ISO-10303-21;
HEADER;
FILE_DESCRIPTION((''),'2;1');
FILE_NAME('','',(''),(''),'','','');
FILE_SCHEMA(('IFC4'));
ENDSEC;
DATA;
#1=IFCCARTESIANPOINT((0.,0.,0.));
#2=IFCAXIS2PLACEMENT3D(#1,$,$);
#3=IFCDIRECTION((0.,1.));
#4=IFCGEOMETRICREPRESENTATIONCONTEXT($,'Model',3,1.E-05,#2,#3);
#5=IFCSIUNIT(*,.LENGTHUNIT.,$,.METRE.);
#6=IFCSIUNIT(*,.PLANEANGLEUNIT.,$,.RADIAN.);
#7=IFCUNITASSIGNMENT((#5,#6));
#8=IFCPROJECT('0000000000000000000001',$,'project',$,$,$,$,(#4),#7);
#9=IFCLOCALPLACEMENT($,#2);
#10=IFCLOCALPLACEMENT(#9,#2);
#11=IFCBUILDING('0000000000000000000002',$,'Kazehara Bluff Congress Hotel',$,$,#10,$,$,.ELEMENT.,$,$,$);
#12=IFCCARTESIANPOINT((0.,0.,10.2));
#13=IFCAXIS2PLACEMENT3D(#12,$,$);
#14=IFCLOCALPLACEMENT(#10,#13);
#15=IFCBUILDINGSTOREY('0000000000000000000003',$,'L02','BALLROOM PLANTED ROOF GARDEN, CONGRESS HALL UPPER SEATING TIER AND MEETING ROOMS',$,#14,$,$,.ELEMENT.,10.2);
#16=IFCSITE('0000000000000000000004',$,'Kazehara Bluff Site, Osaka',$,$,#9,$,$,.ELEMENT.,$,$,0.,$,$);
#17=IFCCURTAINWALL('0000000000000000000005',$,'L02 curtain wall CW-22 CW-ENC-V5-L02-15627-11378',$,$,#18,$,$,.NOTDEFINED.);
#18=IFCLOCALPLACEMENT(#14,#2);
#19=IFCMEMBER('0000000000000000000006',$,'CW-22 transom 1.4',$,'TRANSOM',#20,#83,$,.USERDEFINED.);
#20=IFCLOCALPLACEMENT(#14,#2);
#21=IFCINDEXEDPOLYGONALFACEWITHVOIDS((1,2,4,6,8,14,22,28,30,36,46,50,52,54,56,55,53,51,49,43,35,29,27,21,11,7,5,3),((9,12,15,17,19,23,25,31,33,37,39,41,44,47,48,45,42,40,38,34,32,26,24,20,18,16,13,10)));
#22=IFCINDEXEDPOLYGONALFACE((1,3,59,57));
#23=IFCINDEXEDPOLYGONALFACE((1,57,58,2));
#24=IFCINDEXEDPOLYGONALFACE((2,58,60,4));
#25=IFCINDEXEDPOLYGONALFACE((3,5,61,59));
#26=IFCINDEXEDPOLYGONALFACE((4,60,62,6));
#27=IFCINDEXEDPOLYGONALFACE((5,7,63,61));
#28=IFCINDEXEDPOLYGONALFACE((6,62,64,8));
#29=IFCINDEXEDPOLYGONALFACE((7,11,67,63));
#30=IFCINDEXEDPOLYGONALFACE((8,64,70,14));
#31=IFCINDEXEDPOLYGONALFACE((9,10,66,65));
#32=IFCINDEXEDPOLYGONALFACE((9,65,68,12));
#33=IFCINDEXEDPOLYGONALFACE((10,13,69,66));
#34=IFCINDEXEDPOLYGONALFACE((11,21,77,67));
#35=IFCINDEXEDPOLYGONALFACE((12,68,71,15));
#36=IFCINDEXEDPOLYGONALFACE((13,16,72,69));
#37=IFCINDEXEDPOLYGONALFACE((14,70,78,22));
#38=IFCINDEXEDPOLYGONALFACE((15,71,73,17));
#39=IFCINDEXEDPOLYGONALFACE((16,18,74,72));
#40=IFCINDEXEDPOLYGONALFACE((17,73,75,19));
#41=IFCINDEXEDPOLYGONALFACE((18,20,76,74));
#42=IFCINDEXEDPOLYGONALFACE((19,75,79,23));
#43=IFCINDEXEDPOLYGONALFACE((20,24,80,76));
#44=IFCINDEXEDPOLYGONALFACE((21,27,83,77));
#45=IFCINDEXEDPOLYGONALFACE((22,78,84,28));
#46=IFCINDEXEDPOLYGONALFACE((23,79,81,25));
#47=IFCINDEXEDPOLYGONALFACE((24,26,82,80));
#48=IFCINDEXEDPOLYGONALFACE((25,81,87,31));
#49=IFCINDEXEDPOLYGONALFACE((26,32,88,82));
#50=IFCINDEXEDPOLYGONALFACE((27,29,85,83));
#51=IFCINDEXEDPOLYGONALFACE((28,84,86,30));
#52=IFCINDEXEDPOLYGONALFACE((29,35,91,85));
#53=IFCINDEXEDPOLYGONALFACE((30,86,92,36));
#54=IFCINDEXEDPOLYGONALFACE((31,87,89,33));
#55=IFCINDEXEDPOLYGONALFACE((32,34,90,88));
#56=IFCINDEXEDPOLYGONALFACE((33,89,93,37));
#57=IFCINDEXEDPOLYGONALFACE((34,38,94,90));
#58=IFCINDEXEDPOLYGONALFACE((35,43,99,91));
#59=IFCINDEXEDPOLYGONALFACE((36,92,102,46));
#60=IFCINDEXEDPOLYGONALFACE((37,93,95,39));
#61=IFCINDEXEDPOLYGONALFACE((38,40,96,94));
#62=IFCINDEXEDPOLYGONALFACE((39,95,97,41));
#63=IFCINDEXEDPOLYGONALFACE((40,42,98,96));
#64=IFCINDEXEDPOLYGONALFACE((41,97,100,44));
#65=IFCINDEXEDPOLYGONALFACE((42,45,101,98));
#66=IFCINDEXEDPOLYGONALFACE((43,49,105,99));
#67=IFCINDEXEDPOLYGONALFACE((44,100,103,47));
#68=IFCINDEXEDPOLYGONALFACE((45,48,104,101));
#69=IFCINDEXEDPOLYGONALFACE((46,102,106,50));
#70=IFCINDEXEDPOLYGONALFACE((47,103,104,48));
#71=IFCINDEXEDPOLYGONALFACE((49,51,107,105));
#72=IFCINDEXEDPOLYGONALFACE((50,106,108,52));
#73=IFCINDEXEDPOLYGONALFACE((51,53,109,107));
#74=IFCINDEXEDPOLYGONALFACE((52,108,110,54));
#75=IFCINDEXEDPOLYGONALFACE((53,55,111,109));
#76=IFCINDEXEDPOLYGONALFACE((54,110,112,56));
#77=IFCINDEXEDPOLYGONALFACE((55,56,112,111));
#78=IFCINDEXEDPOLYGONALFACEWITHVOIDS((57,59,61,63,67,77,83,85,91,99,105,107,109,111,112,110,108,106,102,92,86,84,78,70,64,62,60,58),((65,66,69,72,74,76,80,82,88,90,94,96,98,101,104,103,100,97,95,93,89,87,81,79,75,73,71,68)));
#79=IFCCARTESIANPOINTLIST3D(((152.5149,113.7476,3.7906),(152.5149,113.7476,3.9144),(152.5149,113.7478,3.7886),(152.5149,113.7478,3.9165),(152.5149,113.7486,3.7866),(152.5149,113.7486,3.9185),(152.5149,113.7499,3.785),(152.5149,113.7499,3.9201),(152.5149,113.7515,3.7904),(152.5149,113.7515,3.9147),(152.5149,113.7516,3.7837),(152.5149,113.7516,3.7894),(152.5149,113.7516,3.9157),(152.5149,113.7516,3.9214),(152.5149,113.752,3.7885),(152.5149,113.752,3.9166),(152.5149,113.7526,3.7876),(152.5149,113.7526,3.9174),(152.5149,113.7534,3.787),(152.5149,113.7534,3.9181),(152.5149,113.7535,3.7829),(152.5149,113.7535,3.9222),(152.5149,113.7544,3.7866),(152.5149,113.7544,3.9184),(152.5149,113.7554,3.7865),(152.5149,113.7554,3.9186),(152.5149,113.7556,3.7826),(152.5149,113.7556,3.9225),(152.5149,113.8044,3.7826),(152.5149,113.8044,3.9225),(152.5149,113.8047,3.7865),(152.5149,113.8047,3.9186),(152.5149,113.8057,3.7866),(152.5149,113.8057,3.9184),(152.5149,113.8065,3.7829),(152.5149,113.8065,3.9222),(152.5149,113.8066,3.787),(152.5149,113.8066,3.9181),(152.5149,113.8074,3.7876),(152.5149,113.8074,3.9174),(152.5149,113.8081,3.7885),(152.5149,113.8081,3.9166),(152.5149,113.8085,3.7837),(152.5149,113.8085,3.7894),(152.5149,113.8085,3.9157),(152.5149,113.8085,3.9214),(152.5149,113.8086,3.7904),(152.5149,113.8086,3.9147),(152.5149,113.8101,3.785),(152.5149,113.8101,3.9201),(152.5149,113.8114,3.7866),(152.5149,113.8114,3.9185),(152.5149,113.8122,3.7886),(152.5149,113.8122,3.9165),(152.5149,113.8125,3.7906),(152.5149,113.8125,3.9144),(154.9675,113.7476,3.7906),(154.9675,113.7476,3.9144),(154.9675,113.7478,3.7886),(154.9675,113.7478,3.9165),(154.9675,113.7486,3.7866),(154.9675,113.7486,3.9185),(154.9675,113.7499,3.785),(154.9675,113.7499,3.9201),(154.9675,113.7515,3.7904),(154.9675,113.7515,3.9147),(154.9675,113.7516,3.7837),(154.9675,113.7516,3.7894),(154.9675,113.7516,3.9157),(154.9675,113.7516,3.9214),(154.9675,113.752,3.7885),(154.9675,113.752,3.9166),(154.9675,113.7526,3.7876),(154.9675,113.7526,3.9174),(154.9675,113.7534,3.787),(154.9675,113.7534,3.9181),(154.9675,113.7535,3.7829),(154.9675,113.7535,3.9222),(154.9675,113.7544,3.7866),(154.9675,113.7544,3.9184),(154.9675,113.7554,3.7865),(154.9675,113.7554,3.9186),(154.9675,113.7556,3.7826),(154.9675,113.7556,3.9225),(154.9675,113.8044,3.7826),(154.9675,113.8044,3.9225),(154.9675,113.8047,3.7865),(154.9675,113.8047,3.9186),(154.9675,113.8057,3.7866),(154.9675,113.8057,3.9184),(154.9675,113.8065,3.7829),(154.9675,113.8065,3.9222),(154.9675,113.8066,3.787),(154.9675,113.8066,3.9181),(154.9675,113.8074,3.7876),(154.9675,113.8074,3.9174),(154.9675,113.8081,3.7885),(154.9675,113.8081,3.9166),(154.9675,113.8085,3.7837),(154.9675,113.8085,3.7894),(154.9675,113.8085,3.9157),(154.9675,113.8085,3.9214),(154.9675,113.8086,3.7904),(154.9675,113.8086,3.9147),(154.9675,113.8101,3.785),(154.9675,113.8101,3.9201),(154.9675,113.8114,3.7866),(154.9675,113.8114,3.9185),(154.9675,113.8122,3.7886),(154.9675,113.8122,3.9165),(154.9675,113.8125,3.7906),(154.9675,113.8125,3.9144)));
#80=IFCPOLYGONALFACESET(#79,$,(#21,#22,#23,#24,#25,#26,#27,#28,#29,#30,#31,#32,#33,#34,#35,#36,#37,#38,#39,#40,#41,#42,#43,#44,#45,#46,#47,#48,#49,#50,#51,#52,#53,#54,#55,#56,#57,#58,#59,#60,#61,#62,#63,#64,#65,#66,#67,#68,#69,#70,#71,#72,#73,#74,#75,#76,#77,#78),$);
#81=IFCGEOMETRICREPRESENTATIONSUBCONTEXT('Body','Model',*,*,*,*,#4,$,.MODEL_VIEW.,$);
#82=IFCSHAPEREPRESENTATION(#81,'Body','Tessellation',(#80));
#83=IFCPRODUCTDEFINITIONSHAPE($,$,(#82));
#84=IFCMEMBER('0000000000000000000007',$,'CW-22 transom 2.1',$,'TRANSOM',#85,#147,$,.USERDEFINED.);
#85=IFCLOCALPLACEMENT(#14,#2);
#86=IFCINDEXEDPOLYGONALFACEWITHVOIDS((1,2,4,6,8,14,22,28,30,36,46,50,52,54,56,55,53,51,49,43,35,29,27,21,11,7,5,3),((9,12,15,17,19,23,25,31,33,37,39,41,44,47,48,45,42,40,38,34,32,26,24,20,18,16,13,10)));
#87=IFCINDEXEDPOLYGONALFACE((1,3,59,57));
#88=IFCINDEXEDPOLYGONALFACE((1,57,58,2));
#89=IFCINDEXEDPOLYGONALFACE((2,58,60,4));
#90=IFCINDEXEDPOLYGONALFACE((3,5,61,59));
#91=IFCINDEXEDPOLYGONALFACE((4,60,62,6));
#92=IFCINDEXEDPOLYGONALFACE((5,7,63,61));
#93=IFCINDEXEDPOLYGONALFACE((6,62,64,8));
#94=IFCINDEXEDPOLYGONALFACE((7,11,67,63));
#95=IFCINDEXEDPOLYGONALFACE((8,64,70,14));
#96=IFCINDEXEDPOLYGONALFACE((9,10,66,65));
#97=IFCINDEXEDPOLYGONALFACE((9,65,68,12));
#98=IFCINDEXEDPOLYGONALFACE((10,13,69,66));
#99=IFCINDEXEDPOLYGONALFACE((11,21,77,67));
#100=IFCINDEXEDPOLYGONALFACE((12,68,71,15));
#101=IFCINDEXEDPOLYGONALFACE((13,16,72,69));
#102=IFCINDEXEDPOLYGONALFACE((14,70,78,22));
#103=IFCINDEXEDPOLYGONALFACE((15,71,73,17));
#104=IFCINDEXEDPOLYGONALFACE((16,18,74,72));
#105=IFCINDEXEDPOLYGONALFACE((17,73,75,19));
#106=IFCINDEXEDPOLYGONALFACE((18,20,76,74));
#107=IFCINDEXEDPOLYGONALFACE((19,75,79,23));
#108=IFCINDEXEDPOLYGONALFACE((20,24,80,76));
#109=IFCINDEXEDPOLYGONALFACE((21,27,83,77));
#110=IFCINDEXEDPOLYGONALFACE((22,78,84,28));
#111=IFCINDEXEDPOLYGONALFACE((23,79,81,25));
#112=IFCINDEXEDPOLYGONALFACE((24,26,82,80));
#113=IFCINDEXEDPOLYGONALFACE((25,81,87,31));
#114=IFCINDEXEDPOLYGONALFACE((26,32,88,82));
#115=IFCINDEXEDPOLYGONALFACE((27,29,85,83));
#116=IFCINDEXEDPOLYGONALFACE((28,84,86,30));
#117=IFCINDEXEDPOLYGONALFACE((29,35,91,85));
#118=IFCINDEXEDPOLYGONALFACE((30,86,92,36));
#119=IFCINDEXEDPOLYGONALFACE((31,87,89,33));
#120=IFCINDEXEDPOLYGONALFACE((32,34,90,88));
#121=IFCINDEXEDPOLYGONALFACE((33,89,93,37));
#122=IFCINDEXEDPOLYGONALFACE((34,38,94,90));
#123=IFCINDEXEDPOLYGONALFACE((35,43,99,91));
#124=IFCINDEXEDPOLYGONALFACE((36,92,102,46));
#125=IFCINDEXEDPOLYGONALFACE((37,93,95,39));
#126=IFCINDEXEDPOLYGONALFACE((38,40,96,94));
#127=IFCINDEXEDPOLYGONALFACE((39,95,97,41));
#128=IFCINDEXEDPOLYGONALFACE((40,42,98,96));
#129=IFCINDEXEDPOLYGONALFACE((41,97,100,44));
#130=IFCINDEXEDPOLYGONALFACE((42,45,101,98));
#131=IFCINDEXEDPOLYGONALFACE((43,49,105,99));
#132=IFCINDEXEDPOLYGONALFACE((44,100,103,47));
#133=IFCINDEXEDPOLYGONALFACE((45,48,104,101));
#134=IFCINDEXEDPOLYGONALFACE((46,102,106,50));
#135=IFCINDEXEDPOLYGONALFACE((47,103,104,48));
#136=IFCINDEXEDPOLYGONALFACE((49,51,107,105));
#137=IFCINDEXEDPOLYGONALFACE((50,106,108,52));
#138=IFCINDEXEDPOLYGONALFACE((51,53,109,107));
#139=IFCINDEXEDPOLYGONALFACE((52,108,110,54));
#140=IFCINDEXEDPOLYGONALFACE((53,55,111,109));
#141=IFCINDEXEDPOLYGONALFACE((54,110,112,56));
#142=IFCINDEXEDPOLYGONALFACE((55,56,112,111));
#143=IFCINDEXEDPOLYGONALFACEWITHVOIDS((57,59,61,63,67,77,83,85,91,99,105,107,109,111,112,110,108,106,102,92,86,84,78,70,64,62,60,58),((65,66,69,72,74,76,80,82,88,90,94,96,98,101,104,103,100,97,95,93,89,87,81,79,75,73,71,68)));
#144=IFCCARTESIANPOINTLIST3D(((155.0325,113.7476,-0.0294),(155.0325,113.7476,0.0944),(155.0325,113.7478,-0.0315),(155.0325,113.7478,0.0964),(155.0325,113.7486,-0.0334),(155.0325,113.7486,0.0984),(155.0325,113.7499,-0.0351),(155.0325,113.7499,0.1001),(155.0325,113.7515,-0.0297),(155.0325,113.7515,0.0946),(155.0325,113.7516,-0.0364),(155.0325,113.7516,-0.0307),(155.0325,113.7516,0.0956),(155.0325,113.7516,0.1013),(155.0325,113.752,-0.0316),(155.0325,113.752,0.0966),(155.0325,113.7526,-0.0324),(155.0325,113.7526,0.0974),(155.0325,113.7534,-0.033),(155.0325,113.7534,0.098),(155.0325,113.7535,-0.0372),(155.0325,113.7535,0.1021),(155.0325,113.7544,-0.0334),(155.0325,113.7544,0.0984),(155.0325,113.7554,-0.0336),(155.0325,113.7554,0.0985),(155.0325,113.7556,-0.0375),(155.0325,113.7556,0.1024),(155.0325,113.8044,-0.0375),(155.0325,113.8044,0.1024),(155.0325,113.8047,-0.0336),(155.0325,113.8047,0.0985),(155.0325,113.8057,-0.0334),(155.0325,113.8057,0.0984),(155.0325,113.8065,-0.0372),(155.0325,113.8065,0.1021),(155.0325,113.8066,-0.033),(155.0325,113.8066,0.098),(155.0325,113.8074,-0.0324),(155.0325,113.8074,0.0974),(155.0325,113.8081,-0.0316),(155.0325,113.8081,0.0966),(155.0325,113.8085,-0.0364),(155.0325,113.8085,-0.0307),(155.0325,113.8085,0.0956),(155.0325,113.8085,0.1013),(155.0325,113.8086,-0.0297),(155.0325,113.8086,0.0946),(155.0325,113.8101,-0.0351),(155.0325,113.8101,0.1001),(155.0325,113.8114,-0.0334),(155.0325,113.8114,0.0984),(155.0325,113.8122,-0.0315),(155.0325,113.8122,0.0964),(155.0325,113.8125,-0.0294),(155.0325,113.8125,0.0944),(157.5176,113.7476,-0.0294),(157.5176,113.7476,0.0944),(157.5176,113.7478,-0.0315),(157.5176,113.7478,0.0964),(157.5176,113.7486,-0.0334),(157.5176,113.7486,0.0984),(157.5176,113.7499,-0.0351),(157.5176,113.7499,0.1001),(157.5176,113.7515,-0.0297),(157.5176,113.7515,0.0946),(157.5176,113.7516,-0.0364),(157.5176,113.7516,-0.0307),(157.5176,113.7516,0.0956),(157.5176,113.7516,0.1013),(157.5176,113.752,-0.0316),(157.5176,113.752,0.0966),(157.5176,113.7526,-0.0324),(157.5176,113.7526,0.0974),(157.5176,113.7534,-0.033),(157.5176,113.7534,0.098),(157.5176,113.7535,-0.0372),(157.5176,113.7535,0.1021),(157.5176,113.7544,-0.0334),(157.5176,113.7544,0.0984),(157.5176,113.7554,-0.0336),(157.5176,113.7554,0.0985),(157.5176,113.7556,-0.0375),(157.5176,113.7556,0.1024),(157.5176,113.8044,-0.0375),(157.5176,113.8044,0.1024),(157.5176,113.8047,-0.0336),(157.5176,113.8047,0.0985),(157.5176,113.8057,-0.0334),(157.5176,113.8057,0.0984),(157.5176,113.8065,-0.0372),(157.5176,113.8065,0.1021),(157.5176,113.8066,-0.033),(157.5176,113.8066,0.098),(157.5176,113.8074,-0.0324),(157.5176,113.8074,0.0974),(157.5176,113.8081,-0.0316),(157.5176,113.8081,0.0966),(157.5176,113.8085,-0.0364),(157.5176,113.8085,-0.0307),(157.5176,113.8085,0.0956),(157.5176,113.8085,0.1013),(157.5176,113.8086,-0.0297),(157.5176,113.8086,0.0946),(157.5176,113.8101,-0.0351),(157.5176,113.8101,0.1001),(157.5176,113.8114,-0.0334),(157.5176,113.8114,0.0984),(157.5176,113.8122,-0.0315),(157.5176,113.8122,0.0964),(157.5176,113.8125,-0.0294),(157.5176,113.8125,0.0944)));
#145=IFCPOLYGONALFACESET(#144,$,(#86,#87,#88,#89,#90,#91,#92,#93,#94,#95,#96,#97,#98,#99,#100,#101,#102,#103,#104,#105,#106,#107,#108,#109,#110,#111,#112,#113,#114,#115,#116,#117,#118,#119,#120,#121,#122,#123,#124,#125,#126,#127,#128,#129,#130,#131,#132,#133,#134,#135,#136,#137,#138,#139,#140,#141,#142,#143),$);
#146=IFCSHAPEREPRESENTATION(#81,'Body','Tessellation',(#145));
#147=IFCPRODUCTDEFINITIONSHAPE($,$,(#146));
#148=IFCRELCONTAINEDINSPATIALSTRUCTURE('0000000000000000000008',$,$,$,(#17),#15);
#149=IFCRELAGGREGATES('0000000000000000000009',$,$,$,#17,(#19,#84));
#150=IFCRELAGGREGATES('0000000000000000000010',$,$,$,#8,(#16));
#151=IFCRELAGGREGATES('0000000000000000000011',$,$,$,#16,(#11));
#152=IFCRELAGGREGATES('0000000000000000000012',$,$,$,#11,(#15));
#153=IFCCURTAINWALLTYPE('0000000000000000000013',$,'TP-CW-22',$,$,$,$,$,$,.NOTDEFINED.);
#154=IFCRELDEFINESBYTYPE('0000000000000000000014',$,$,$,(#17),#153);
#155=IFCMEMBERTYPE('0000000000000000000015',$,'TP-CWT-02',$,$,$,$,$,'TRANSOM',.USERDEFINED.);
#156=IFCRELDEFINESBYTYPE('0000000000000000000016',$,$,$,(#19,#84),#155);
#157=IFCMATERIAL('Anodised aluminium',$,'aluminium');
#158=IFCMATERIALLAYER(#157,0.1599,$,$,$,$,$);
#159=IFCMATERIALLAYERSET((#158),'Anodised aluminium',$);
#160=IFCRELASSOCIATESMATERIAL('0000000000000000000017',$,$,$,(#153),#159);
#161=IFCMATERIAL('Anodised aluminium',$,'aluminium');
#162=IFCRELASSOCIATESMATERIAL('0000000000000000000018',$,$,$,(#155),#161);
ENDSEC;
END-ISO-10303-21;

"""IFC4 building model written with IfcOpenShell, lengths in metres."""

from ifc_helpers import new_model, si_unit, direction, frame, origin, origin_2d, place, context, subcontext, project, spatial, hollow_rectangle, extrude, material, layer, layer_set, material_profile, profile_set, type_object, element, aggregate, save


model = new_model("IFC4")

# Units and contexts
model_context = context("Model", 3, precision=1e-05, world=origin(), true_north=direction((0.0, 1.0)))
body_context = subcontext(model_context, "Body", "Model", "MODEL_VIEW")
ifc_project = project(units=[si_unit("LENGTHUNIT", "METRE"), si_unit("PLANEANGLEUNIT", "RADIAN")], contexts=[model_context])

# Site, building, storey
site_placement = place(None, origin())
site = spatial("IfcSite", under=ifc_project, at=site_placement, Name="Kazehara Bluff Site, Osaka", CompositionType="ELEMENT", RefElevation=0.0)
building_placement = place(site_placement, origin())
building = spatial("IfcBuilding", under=site, at=building_placement, Name="Kazehara Bluff Congress Hotel", CompositionType="ELEMENT")
storey_placement = place(building_placement, frame((0.0, 0.0, 10.2)))
storey = spatial("IfcBuildingStorey", under=building, at=storey_placement, Name="L02", Description="BALLROOM PLANTED ROOF GARDEN, CONGRESS HALL UPPER SEATING TIER AND MEETING ROOMS", CompositionType="ELEMENT", Elevation=10.2)

# Curtain wall
ifc_material_1 = material(Name="Anodised aluminium", Category="aluminium")
ifc_layer_1 = layer(ifc_material_1, 0.1599)
ifc_layer_set_1 = layer_set([ifc_layer_1], Name="Anodised aluminium")
curtain_wall_type = type_object("IfcCurtainWallType", Name="TP-CW-22", PredefinedType="NOTDEFINED", material=ifc_layer_set_1)
curtain_wall_1_placement = place(storey_placement, origin())
curtain_wall_1 = element("IfcCurtainWall", 1, at=curtain_wall_1_placement, inside=storey, type_object=curtain_wall_type, Name="L02 curtain wall CW-22 CW-ENC-V5-L02-15627-11378", PredefinedType="NOTDEFINED")

# Members
ifc_material_2 = material(Name="Anodised aluminium", Category="aluminium")
ifc_material_profile_1 = material_profile(ifc_material_2, hollow_rectangle(XDim=0.0649, YDim=0.1399, WallThickness=0.0039, InnerFilletRadius=0.0039, OuterFilletRadius=0.0081, at=origin_2d()))
ifc_profile_set_1 = profile_set([ifc_material_profile_1], Name="Anodised aluminium")
member_type_1 = type_object("IfcMemberType", Name="TP-CWT-02", ElementType="TRANSOM", PredefinedType="USERDEFINED", material=ifc_profile_set_1)
member_1_placement = place(storey_placement, frame((152.5149, 113.78, 3.8525), z_axis=(1.0, 0.0, 0.0), x_axis=(0.0, 1.0, 0.0)))
member_1 = element("IfcMember", 2, at=member_1_placement, type_object=member_type_1, Name="CW-22 transom 1.4", ObjectType="TRANSOM", PredefinedType="USERDEFINED", context=body_context, shape_type="SweptSolid", body=[
    extrude(hollow_rectangle(XDim=0.0649, YDim=0.1399, WallThickness=0.0039, InnerFilletRadius=0.0039, OuterFilletRadius=0.0081, at=origin_2d()), origin(), (0.0, 0.0, 1.0), 2.4526),
])
member_2_placement = place(storey_placement, frame((155.0325, 113.78, 0.0325), z_axis=(1.0, 0.0, 0.0), x_axis=(0.0, 1.0, 0.0)))
member_2 = element("IfcMember", 3, at=member_2_placement, type_object=member_type_1, Name="CW-22 transom 2.1", ObjectType="TRANSOM", PredefinedType="USERDEFINED", context=body_context, shape_type="SweptSolid", body=[
    extrude(hollow_rectangle(XDim=0.0649, YDim=0.1399, WallThickness=0.0039, InnerFilletRadius=0.0039, OuterFilletRadius=0.0081, at=origin_2d()), origin(), (0.0, 0.0, 1.0), 2.4851),
])

aggregate(curtain_wall_1, [member_1, member_2])

save(model, "model.ifc")
